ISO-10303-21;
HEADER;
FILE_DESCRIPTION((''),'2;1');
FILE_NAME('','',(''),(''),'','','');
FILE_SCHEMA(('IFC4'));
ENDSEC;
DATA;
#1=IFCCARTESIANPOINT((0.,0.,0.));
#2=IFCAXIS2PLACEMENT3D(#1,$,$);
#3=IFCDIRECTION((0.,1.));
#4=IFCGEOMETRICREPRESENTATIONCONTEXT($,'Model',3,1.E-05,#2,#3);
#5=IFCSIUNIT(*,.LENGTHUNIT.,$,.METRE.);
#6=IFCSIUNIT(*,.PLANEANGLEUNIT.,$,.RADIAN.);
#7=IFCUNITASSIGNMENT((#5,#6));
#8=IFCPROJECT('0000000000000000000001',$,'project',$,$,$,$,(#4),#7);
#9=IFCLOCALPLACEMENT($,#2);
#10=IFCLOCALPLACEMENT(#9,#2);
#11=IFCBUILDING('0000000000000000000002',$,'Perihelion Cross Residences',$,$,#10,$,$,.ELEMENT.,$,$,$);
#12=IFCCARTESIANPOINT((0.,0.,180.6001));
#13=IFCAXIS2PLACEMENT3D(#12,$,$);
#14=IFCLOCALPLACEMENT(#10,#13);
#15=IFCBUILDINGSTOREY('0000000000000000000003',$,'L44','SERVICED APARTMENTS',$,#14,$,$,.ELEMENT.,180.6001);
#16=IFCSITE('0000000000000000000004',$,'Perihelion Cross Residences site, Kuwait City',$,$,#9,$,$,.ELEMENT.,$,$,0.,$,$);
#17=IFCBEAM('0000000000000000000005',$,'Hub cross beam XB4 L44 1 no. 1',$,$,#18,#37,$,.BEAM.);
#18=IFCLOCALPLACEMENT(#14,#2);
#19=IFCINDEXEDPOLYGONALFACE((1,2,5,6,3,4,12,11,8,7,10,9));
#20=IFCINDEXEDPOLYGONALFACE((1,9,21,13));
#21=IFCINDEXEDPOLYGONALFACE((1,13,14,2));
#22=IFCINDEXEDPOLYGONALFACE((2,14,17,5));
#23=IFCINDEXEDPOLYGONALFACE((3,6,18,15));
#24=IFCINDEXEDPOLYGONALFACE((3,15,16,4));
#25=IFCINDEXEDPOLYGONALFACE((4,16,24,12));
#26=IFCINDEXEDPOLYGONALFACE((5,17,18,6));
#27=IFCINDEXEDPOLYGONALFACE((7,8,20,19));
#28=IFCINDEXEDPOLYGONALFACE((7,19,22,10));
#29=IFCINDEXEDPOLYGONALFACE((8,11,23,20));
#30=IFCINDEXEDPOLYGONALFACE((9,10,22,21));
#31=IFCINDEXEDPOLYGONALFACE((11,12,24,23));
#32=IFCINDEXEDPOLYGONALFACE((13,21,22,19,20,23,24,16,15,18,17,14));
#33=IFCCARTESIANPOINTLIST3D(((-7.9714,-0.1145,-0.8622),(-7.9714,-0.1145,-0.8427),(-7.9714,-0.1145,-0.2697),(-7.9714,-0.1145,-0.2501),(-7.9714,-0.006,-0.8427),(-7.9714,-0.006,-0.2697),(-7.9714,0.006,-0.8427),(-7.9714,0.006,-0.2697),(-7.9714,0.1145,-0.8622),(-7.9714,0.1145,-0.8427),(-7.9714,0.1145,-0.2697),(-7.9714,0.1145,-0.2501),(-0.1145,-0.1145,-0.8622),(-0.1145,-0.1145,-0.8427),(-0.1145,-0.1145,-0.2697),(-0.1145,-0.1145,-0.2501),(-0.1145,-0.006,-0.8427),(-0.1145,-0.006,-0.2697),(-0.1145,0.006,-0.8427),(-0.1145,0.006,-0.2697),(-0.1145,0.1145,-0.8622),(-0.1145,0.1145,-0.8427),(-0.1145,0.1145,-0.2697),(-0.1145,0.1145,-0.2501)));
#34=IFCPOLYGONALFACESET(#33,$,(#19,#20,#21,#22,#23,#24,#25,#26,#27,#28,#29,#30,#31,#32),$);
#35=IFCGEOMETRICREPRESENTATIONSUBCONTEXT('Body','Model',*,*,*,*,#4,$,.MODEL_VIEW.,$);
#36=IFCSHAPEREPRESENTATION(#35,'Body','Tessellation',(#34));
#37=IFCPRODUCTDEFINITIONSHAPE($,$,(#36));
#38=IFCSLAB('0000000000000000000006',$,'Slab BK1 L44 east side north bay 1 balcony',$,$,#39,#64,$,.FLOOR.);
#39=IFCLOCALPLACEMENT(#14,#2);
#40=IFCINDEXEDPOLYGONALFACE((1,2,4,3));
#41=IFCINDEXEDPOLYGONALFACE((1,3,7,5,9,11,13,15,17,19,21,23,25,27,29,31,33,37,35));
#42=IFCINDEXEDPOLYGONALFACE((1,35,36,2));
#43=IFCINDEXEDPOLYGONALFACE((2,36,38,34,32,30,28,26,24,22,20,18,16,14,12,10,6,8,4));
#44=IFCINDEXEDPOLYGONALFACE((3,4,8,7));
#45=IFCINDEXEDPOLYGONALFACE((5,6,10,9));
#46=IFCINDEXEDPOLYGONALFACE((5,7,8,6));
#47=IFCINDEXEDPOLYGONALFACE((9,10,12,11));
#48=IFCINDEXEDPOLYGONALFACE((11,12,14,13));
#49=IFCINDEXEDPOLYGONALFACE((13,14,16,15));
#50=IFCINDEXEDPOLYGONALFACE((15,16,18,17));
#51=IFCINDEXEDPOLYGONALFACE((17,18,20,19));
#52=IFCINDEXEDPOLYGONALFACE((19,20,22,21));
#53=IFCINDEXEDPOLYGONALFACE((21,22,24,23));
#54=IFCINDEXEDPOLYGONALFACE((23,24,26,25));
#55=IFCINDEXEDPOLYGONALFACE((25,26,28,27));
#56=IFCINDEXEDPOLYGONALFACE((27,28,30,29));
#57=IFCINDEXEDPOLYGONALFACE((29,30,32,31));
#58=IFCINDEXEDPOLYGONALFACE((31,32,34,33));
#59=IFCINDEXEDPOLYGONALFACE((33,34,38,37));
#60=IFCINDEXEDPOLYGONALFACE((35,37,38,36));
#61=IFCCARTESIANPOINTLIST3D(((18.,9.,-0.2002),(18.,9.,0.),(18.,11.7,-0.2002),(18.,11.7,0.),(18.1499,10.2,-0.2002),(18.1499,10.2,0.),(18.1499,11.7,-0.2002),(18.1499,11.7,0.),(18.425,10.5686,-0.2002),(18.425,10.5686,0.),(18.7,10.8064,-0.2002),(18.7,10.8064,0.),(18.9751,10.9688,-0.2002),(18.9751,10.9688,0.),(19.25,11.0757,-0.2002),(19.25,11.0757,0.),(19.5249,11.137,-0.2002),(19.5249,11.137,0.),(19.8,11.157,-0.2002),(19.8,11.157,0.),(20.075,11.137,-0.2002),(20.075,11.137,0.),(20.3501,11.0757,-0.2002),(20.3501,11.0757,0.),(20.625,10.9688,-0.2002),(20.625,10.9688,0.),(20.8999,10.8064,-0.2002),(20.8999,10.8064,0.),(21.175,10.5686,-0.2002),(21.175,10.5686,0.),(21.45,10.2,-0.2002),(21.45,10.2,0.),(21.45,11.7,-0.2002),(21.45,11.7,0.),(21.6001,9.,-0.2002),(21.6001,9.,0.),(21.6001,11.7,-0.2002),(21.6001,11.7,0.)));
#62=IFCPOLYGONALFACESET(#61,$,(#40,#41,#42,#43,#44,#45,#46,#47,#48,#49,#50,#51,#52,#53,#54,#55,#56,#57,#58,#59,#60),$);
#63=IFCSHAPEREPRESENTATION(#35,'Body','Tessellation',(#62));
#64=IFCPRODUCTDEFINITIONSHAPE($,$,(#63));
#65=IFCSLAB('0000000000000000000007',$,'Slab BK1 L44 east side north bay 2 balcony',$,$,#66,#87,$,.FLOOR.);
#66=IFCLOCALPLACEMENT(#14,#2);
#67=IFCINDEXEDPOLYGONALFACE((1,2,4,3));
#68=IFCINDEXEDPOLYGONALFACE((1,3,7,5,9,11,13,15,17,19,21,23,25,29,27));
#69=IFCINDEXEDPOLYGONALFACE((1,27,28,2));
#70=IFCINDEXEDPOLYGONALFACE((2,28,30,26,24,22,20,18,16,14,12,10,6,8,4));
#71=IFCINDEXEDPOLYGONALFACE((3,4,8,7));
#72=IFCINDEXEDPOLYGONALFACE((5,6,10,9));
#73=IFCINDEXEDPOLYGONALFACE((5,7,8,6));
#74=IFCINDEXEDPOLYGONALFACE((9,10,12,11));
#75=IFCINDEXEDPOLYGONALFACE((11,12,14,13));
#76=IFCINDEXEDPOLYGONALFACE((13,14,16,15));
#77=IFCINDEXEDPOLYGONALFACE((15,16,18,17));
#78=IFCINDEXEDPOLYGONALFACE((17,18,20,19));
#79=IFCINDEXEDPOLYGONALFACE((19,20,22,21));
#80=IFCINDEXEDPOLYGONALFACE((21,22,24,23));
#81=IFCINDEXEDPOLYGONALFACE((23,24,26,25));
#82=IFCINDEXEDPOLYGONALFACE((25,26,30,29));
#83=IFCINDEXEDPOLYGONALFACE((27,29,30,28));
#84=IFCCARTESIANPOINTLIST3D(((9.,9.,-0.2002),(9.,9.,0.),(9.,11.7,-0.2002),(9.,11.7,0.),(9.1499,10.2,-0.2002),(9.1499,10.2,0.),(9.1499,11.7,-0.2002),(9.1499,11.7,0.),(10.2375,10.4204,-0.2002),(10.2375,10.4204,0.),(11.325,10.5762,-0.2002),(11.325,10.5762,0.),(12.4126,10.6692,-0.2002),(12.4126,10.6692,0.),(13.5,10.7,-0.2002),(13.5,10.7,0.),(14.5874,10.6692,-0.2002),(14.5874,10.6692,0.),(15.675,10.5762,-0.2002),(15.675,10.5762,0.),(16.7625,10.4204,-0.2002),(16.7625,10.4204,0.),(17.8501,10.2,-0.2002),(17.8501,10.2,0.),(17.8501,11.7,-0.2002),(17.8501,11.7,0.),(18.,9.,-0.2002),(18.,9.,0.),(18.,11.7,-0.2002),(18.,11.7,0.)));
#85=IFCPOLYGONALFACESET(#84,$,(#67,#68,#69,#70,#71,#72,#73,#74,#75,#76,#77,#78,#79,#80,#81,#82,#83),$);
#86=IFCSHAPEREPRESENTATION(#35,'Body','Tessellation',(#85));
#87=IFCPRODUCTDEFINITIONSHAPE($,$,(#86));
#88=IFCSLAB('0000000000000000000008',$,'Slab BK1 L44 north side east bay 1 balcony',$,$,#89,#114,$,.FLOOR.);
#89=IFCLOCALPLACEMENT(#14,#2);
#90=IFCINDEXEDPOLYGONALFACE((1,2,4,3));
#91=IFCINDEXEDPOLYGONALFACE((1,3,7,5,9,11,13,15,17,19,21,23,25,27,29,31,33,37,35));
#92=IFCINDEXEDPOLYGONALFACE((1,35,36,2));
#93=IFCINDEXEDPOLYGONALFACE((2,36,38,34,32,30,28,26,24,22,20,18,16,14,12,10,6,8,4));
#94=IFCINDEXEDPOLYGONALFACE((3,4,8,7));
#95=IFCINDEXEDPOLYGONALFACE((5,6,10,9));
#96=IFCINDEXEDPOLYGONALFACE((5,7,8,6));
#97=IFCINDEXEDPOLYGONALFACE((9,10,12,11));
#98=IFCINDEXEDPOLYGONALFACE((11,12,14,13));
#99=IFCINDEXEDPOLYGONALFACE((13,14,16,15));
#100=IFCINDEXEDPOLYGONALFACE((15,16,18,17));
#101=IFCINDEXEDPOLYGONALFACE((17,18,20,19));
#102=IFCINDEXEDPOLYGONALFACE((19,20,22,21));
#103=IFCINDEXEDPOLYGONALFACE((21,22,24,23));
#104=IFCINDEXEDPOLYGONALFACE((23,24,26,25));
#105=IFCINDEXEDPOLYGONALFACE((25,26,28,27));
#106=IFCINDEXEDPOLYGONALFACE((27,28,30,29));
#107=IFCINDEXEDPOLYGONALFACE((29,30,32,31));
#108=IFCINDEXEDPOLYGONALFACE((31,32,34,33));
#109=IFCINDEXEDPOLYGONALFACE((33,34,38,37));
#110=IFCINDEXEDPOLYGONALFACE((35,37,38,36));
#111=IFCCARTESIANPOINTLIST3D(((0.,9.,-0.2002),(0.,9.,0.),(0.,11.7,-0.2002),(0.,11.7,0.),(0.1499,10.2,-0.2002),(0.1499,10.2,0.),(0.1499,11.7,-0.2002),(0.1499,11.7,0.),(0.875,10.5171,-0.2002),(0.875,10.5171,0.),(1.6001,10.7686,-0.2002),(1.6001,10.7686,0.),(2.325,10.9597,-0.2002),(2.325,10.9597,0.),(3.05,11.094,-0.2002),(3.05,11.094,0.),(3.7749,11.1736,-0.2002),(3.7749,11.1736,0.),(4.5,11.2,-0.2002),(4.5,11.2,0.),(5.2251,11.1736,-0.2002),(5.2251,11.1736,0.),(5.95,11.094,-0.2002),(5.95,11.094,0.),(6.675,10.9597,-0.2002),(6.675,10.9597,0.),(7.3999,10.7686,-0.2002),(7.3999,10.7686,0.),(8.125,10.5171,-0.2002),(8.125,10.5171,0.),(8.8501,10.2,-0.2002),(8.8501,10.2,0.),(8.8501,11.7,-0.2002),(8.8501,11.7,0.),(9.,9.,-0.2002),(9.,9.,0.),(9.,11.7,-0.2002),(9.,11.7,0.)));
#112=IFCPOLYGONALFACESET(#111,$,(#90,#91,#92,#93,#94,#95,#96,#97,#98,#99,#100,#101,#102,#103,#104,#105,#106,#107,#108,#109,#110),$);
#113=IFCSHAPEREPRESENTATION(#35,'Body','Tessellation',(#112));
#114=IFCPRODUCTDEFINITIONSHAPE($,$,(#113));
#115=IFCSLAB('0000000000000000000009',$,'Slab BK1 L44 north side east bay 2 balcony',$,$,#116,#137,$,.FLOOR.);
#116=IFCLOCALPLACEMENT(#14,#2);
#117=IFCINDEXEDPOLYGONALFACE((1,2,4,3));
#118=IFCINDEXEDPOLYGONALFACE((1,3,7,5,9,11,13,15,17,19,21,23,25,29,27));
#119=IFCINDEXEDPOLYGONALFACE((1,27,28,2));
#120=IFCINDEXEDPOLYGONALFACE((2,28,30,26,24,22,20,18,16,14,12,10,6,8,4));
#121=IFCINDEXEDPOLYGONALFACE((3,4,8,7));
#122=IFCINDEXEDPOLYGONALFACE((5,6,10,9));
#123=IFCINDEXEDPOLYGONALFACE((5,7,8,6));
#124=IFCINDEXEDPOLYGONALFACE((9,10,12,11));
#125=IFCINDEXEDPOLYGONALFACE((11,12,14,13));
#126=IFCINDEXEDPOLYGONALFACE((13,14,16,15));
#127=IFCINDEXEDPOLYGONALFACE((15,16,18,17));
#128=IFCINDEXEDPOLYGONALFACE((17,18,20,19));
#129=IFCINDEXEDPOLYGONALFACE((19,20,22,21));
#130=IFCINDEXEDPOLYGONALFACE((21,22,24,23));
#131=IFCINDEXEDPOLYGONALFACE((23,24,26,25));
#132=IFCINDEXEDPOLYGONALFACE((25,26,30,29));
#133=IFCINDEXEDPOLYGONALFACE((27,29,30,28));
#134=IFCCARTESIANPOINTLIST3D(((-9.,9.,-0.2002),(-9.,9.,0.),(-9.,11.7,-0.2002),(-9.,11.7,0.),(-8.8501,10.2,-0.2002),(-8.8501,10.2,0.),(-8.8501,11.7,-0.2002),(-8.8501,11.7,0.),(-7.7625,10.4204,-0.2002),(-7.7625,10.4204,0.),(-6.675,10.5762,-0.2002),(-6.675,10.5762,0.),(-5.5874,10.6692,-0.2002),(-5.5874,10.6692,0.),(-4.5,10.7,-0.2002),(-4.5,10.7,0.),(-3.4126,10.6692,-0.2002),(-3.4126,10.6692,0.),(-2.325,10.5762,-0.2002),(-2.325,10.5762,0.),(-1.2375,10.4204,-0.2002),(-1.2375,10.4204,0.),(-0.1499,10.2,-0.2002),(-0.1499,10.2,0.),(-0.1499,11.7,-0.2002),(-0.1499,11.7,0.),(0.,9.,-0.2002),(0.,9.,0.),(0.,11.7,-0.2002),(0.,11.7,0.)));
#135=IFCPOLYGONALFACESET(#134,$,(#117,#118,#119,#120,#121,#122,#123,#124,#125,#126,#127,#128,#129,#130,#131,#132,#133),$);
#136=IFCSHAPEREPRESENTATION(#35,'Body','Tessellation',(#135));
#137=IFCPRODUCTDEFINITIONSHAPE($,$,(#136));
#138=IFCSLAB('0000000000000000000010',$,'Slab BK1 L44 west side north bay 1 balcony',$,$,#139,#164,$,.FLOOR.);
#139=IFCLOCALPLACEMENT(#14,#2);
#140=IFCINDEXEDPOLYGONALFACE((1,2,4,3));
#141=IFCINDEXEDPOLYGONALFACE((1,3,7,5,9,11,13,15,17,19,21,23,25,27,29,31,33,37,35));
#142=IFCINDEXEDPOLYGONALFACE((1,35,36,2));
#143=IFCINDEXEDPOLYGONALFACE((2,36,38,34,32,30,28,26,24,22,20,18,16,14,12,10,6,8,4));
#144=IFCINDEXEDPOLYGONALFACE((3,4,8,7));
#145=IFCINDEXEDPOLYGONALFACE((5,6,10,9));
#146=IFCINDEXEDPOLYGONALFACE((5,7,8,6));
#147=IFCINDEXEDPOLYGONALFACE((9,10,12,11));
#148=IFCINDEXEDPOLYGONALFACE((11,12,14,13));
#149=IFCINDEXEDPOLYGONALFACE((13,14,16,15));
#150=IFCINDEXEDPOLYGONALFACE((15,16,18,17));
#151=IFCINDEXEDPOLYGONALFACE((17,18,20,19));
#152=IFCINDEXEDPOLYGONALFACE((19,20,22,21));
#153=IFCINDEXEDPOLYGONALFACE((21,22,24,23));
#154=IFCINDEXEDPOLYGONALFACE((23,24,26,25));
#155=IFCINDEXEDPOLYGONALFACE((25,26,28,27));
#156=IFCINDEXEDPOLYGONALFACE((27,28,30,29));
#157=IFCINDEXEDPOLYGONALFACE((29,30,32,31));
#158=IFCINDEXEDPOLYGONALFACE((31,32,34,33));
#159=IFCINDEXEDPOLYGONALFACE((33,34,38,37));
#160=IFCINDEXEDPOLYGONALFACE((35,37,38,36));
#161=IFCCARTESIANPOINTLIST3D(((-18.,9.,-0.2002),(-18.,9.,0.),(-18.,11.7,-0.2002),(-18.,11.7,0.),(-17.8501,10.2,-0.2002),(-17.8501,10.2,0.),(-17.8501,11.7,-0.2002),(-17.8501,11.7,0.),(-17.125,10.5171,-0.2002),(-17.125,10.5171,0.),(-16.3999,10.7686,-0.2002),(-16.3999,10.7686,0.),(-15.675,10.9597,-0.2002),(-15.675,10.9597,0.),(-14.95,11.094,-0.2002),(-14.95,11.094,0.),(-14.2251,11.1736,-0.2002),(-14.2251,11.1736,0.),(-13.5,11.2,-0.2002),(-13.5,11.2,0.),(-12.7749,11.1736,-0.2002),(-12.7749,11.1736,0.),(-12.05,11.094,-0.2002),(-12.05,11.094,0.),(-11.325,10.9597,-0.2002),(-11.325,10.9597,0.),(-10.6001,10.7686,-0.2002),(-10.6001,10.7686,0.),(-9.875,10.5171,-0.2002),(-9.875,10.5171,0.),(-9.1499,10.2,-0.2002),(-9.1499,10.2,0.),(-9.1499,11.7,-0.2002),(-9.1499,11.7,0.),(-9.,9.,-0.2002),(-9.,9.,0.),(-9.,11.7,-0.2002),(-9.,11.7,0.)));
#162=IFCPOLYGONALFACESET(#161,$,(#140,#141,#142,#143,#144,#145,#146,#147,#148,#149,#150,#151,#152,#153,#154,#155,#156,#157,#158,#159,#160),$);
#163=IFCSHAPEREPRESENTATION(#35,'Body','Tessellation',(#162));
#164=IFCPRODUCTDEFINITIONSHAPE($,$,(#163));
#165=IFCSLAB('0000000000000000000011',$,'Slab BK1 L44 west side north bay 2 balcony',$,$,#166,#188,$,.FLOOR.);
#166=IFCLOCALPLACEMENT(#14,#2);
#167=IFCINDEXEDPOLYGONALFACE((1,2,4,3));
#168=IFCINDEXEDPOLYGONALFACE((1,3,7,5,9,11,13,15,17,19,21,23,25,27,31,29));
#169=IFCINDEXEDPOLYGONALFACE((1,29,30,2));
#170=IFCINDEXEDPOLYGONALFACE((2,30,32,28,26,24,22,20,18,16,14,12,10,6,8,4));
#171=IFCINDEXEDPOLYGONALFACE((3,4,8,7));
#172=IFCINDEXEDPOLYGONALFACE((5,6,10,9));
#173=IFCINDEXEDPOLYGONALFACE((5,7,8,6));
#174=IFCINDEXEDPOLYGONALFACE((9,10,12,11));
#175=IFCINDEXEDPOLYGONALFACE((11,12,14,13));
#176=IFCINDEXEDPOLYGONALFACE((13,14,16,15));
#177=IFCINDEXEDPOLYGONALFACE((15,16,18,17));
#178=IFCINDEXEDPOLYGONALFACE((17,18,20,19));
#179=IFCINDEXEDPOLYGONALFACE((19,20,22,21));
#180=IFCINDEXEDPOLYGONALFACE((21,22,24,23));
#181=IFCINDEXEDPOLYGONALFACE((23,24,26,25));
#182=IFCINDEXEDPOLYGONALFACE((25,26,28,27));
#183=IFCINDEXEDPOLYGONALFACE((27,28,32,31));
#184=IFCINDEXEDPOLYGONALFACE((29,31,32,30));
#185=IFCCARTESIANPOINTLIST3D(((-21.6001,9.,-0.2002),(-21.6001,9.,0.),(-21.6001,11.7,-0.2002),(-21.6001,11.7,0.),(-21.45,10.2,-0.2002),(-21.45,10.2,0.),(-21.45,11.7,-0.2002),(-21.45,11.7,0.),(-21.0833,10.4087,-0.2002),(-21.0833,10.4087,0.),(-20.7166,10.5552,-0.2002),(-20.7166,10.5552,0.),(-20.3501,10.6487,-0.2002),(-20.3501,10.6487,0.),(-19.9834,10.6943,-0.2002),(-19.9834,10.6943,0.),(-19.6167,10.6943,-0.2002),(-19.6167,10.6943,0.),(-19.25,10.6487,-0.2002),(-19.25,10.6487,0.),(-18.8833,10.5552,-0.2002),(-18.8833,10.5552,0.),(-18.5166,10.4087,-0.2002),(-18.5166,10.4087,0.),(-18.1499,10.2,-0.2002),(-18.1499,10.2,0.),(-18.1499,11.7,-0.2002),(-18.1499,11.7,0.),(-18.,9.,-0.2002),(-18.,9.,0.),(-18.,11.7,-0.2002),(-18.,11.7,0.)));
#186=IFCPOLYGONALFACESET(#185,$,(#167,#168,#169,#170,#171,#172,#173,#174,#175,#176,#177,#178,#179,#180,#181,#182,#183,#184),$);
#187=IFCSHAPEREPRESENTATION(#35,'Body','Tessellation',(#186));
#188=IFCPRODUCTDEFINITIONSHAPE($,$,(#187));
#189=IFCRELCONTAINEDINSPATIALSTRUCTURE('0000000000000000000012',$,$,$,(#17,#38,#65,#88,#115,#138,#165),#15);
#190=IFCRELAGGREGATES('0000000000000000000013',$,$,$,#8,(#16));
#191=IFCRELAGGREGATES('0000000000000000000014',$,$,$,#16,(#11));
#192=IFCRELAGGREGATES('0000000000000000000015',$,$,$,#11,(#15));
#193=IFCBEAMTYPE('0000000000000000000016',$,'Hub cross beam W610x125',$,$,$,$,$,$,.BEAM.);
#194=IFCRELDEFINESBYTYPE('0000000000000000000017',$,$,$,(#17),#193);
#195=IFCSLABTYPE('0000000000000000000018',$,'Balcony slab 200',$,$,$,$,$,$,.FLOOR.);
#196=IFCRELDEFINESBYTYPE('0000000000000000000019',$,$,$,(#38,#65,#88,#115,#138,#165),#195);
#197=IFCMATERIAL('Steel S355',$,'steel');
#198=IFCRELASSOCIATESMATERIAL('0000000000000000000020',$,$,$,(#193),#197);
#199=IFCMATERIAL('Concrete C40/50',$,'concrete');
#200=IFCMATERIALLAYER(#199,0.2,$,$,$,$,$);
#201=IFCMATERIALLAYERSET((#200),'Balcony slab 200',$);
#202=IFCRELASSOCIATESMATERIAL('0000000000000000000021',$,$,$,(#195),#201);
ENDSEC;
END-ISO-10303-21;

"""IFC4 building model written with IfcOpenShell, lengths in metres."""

from ifc_helpers import new_model, si_unit, direction, frame, origin, origin_2d, place, context, subcontext, project, spatial, polyline, i_section, outline, extrude, material, layer, layer_set, material_profile, profile_set, type_object, element, save


model = new_model("IFC4")

# Units and contexts
model_context = context("Model", 3, precision=1e-05, world=origin(), true_north=direction((0.0, 1.0)))
body_context = subcontext(model_context, "Body", "Model", "MODEL_VIEW")
ifc_project = project(units=[si_unit("LENGTHUNIT", "METRE"), si_unit("PLANEANGLEUNIT", "RADIAN")], contexts=[model_context])

# Site, building, storey
site_placement = place(None, origin())
site = spatial("IfcSite", under=ifc_project, at=site_placement, Name="Perihelion Cross Residences site, Kuwait City", CompositionType="ELEMENT", RefElevation=0.0)
building_placement = place(site_placement, origin())
building = spatial("IfcBuilding", under=site, at=building_placement, Name="Perihelion Cross Residences", CompositionType="ELEMENT")
storey_placement = place(building_placement, frame((0.0, 0.0, 180.6001)))
storey = spatial("IfcBuildingStorey", under=building, at=storey_placement, Name="L44", Description="SERVICED APARTMENTS", CompositionType="ELEMENT", Elevation=180.6001)

# Beam
ifc_material_1 = material(Name="Steel S355", Category="steel")
ifc_material_profile = material_profile(ifc_material_1, i_section(OverallWidth=0.229, OverallDepth=0.6121, WebThickness=0.012, FlangeThickness=0.0195, at=origin_2d()), Name="W610x125")
ifc_profile_set = profile_set([ifc_material_profile], Name="Steel S355")
beam_type = type_object("IfcBeamType", Name="Hub cross beam W610x125", PredefinedType="BEAM", material=ifc_profile_set)
beam_placement = place(storey_placement, frame((-7.9714, 0.0, -0.5562), z_axis=(1.0, 0.0, 0.0), x_axis=(0.0, 1.0, 0.0)))
element("IfcBeam", 1, at=beam_placement, inside=storey, type_object=beam_type, Name="Hub cross beam XB4 L44 1 no. 1", PredefinedType="BEAM", context=body_context, shape_type="SweptSolid", body=[
    extrude(i_section(OverallWidth=0.229, OverallDepth=0.6121, WebThickness=0.012, FlangeThickness=0.0195, at=origin_2d()), origin(), (0.0, 0.0, 1.0), 7.8569),
])

# Slabs
ifc_material_2 = material(Name="Concrete C40/50", Category="concrete")
ifc_layer_1 = layer(ifc_material_2, 0.2)
ifc_layer_set_1 = layer_set([ifc_layer_1], Name="Balcony slab 200")
slab_type_1 = type_object("IfcSlabType", Name="Balcony slab 200", PredefinedType="FLOOR", material=ifc_layer_set_1)
slab_1_placement = place(storey_placement, frame((0.0, 0.0, -0.2002)))
element("IfcSlab", 2, at=slab_1_placement, inside=storey, type_object=slab_type_1, Name="Slab BK1 L44 east side north bay 1 balcony", PredefinedType="FLOOR", context=body_context, shape_type="SweptSolid", body=[
    extrude(outline(polyline([(21.6001, 9.0), (18.0, 9.0), (18.0, 11.7), (18.1499, 11.7), (18.1499, 10.2), (18.425, 10.5686), (18.7, 10.8064), (18.9751, 10.9688), (19.25, 11.0757), (19.5249, 11.137), (19.8, 11.157), (20.075, 11.137), (20.3501, 11.0757), (20.625, 10.9688), (20.8999, 10.8064), (21.175, 10.5686), (21.45, 10.2), (21.45, 11.7), (21.6001, 11.7), (21.6001, 9.0)])), origin(), (0.0, 0.0, 1.0), 0.2002),
])
slab_2_placement = place(storey_placement, frame((0.0, 0.0, -0.2002)))
element("IfcSlab", 3, at=slab_2_placement, inside=storey, type_object=slab_type_1, Name="Slab BK1 L44 east side north bay 2 balcony", PredefinedType="FLOOR", context=body_context, shape_type="SweptSolid", body=[
    extrude(outline(polyline([(18.0, 9.0), (9.0, 9.0), (9.0, 11.7), (9.1499, 11.7), (9.1499, 10.2), (10.2375, 10.4204), (11.325, 10.5762), (12.4126, 10.6692), (13.5, 10.7), (14.5874, 10.6692), (15.675, 10.5762), (16.7625, 10.4204), (17.8501, 10.2), (17.8501, 11.7), (18.0, 11.7), (18.0, 9.0)])), origin(), (0.0, 0.0, 1.0), 0.2002),
])
slab_3_placement = place(storey_placement, frame((0.0, 0.0, -0.2002)))
element("IfcSlab", 4, at=slab_3_placement, inside=storey, type_object=slab_type_1, Name="Slab BK1 L44 north side east bay 1 balcony", PredefinedType="FLOOR", context=body_context, shape_type="SweptSolid", body=[
    extrude(outline(polyline([(9.0, 9.0), (0.0, 9.0), (0.0, 11.7), (0.1499, 11.7), (0.1499, 10.2), (0.875, 10.5171), (1.6001, 10.7686), (2.325, 10.9597), (3.05, 11.094), (3.7749, 11.1736), (4.5, 11.2), (5.2251, 11.1736), (5.95, 11.094), (6.675, 10.9597), (7.3999, 10.7686), (8.125, 10.5171), (8.8501, 10.2), (8.8501, 11.7), (9.0, 11.7), (9.0, 9.0)])), origin(), (0.0, 0.0, 1.0), 0.2002),
])
slab_4_placement = place(storey_placement, frame((0.0, 0.0, -0.2002)))
element("IfcSlab", 5, at=slab_4_placement, inside=storey, type_object=slab_type_1, Name="Slab BK1 L44 north side east bay 2 balcony", PredefinedType="FLOOR", context=body_context, shape_type="SweptSolid", body=[
    extrude(outline(polyline([(0.0, 9.0), (-9.0, 9.0), (-9.0, 11.7), (-8.8501, 11.7), (-8.8501, 10.2), (-7.7625, 10.4204), (-6.675, 10.5762), (-5.5874, 10.6692), (-4.5, 10.7), (-3.4126, 10.6692), (-2.325, 10.5762), (-1.2375, 10.4204), (-0.1499, 10.2), (-0.1499, 11.7), (0.0, 11.7), (0.0, 9.0)])), origin(), (0.0, 0.0, 1.0), 0.2002),
])
slab_5_placement = place(storey_placement, frame((0.0, 0.0, -0.2002)))
element("IfcSlab", 6, at=slab_5_placement, inside=storey, type_object=slab_type_1, Name="Slab BK1 L44 west side north bay 1 balcony", PredefinedType="FLOOR", context=body_context, shape_type="SweptSolid", body=[
    extrude(outline(polyline([(-9.0, 9.0), (-18.0, 9.0), (-18.0, 11.7), (-17.8501, 11.7), (-17.8501, 10.2), (-17.125, 10.5171), (-16.3999, 10.7686), (-15.675, 10.9597), (-14.95, 11.094), (-14.2251, 11.1736), (-13.5, 11.2), (-12.7749, 11.1736), (-12.05, 11.094), (-11.325, 10.9597), (-10.6001, 10.7686), (-9.875, 10.5171), (-9.1499, 10.2), (-9.1499, 11.7), (-9.0, 11.7), (-9.0, 9.0)])), origin(), (0.0, 0.0, 1.0), 0.2002),
])
slab_6_placement = place(storey_placement, frame((0.0, 0.0, -0.2002)))
element("IfcSlab", 7, at=slab_6_placement, inside=storey, type_object=slab_type_1, Name="Slab BK1 L44 west side north bay 2 balcony", PredefinedType="FLOOR", context=body_context, shape_type="SweptSolid", body=[
    extrude(outline(polyline([(-18.0, 9.0), (-21.6001, 9.0), (-21.6001, 11.7), (-21.45, 11.7), (-21.45, 10.2), (-21.0833, 10.4087), (-20.7166, 10.5552), (-20.3501, 10.6487), (-19.9834, 10.6943), (-19.6167, 10.6943), (-19.25, 10.6487), (-18.8833, 10.5552), (-18.5166, 10.4087), (-18.1499, 10.2), (-18.1499, 11.7), (-18.0, 11.7), (-18.0, 9.0)])), origin(), (0.0, 0.0, 1.0), 0.2002),
])

save(model, "model.ifc")
